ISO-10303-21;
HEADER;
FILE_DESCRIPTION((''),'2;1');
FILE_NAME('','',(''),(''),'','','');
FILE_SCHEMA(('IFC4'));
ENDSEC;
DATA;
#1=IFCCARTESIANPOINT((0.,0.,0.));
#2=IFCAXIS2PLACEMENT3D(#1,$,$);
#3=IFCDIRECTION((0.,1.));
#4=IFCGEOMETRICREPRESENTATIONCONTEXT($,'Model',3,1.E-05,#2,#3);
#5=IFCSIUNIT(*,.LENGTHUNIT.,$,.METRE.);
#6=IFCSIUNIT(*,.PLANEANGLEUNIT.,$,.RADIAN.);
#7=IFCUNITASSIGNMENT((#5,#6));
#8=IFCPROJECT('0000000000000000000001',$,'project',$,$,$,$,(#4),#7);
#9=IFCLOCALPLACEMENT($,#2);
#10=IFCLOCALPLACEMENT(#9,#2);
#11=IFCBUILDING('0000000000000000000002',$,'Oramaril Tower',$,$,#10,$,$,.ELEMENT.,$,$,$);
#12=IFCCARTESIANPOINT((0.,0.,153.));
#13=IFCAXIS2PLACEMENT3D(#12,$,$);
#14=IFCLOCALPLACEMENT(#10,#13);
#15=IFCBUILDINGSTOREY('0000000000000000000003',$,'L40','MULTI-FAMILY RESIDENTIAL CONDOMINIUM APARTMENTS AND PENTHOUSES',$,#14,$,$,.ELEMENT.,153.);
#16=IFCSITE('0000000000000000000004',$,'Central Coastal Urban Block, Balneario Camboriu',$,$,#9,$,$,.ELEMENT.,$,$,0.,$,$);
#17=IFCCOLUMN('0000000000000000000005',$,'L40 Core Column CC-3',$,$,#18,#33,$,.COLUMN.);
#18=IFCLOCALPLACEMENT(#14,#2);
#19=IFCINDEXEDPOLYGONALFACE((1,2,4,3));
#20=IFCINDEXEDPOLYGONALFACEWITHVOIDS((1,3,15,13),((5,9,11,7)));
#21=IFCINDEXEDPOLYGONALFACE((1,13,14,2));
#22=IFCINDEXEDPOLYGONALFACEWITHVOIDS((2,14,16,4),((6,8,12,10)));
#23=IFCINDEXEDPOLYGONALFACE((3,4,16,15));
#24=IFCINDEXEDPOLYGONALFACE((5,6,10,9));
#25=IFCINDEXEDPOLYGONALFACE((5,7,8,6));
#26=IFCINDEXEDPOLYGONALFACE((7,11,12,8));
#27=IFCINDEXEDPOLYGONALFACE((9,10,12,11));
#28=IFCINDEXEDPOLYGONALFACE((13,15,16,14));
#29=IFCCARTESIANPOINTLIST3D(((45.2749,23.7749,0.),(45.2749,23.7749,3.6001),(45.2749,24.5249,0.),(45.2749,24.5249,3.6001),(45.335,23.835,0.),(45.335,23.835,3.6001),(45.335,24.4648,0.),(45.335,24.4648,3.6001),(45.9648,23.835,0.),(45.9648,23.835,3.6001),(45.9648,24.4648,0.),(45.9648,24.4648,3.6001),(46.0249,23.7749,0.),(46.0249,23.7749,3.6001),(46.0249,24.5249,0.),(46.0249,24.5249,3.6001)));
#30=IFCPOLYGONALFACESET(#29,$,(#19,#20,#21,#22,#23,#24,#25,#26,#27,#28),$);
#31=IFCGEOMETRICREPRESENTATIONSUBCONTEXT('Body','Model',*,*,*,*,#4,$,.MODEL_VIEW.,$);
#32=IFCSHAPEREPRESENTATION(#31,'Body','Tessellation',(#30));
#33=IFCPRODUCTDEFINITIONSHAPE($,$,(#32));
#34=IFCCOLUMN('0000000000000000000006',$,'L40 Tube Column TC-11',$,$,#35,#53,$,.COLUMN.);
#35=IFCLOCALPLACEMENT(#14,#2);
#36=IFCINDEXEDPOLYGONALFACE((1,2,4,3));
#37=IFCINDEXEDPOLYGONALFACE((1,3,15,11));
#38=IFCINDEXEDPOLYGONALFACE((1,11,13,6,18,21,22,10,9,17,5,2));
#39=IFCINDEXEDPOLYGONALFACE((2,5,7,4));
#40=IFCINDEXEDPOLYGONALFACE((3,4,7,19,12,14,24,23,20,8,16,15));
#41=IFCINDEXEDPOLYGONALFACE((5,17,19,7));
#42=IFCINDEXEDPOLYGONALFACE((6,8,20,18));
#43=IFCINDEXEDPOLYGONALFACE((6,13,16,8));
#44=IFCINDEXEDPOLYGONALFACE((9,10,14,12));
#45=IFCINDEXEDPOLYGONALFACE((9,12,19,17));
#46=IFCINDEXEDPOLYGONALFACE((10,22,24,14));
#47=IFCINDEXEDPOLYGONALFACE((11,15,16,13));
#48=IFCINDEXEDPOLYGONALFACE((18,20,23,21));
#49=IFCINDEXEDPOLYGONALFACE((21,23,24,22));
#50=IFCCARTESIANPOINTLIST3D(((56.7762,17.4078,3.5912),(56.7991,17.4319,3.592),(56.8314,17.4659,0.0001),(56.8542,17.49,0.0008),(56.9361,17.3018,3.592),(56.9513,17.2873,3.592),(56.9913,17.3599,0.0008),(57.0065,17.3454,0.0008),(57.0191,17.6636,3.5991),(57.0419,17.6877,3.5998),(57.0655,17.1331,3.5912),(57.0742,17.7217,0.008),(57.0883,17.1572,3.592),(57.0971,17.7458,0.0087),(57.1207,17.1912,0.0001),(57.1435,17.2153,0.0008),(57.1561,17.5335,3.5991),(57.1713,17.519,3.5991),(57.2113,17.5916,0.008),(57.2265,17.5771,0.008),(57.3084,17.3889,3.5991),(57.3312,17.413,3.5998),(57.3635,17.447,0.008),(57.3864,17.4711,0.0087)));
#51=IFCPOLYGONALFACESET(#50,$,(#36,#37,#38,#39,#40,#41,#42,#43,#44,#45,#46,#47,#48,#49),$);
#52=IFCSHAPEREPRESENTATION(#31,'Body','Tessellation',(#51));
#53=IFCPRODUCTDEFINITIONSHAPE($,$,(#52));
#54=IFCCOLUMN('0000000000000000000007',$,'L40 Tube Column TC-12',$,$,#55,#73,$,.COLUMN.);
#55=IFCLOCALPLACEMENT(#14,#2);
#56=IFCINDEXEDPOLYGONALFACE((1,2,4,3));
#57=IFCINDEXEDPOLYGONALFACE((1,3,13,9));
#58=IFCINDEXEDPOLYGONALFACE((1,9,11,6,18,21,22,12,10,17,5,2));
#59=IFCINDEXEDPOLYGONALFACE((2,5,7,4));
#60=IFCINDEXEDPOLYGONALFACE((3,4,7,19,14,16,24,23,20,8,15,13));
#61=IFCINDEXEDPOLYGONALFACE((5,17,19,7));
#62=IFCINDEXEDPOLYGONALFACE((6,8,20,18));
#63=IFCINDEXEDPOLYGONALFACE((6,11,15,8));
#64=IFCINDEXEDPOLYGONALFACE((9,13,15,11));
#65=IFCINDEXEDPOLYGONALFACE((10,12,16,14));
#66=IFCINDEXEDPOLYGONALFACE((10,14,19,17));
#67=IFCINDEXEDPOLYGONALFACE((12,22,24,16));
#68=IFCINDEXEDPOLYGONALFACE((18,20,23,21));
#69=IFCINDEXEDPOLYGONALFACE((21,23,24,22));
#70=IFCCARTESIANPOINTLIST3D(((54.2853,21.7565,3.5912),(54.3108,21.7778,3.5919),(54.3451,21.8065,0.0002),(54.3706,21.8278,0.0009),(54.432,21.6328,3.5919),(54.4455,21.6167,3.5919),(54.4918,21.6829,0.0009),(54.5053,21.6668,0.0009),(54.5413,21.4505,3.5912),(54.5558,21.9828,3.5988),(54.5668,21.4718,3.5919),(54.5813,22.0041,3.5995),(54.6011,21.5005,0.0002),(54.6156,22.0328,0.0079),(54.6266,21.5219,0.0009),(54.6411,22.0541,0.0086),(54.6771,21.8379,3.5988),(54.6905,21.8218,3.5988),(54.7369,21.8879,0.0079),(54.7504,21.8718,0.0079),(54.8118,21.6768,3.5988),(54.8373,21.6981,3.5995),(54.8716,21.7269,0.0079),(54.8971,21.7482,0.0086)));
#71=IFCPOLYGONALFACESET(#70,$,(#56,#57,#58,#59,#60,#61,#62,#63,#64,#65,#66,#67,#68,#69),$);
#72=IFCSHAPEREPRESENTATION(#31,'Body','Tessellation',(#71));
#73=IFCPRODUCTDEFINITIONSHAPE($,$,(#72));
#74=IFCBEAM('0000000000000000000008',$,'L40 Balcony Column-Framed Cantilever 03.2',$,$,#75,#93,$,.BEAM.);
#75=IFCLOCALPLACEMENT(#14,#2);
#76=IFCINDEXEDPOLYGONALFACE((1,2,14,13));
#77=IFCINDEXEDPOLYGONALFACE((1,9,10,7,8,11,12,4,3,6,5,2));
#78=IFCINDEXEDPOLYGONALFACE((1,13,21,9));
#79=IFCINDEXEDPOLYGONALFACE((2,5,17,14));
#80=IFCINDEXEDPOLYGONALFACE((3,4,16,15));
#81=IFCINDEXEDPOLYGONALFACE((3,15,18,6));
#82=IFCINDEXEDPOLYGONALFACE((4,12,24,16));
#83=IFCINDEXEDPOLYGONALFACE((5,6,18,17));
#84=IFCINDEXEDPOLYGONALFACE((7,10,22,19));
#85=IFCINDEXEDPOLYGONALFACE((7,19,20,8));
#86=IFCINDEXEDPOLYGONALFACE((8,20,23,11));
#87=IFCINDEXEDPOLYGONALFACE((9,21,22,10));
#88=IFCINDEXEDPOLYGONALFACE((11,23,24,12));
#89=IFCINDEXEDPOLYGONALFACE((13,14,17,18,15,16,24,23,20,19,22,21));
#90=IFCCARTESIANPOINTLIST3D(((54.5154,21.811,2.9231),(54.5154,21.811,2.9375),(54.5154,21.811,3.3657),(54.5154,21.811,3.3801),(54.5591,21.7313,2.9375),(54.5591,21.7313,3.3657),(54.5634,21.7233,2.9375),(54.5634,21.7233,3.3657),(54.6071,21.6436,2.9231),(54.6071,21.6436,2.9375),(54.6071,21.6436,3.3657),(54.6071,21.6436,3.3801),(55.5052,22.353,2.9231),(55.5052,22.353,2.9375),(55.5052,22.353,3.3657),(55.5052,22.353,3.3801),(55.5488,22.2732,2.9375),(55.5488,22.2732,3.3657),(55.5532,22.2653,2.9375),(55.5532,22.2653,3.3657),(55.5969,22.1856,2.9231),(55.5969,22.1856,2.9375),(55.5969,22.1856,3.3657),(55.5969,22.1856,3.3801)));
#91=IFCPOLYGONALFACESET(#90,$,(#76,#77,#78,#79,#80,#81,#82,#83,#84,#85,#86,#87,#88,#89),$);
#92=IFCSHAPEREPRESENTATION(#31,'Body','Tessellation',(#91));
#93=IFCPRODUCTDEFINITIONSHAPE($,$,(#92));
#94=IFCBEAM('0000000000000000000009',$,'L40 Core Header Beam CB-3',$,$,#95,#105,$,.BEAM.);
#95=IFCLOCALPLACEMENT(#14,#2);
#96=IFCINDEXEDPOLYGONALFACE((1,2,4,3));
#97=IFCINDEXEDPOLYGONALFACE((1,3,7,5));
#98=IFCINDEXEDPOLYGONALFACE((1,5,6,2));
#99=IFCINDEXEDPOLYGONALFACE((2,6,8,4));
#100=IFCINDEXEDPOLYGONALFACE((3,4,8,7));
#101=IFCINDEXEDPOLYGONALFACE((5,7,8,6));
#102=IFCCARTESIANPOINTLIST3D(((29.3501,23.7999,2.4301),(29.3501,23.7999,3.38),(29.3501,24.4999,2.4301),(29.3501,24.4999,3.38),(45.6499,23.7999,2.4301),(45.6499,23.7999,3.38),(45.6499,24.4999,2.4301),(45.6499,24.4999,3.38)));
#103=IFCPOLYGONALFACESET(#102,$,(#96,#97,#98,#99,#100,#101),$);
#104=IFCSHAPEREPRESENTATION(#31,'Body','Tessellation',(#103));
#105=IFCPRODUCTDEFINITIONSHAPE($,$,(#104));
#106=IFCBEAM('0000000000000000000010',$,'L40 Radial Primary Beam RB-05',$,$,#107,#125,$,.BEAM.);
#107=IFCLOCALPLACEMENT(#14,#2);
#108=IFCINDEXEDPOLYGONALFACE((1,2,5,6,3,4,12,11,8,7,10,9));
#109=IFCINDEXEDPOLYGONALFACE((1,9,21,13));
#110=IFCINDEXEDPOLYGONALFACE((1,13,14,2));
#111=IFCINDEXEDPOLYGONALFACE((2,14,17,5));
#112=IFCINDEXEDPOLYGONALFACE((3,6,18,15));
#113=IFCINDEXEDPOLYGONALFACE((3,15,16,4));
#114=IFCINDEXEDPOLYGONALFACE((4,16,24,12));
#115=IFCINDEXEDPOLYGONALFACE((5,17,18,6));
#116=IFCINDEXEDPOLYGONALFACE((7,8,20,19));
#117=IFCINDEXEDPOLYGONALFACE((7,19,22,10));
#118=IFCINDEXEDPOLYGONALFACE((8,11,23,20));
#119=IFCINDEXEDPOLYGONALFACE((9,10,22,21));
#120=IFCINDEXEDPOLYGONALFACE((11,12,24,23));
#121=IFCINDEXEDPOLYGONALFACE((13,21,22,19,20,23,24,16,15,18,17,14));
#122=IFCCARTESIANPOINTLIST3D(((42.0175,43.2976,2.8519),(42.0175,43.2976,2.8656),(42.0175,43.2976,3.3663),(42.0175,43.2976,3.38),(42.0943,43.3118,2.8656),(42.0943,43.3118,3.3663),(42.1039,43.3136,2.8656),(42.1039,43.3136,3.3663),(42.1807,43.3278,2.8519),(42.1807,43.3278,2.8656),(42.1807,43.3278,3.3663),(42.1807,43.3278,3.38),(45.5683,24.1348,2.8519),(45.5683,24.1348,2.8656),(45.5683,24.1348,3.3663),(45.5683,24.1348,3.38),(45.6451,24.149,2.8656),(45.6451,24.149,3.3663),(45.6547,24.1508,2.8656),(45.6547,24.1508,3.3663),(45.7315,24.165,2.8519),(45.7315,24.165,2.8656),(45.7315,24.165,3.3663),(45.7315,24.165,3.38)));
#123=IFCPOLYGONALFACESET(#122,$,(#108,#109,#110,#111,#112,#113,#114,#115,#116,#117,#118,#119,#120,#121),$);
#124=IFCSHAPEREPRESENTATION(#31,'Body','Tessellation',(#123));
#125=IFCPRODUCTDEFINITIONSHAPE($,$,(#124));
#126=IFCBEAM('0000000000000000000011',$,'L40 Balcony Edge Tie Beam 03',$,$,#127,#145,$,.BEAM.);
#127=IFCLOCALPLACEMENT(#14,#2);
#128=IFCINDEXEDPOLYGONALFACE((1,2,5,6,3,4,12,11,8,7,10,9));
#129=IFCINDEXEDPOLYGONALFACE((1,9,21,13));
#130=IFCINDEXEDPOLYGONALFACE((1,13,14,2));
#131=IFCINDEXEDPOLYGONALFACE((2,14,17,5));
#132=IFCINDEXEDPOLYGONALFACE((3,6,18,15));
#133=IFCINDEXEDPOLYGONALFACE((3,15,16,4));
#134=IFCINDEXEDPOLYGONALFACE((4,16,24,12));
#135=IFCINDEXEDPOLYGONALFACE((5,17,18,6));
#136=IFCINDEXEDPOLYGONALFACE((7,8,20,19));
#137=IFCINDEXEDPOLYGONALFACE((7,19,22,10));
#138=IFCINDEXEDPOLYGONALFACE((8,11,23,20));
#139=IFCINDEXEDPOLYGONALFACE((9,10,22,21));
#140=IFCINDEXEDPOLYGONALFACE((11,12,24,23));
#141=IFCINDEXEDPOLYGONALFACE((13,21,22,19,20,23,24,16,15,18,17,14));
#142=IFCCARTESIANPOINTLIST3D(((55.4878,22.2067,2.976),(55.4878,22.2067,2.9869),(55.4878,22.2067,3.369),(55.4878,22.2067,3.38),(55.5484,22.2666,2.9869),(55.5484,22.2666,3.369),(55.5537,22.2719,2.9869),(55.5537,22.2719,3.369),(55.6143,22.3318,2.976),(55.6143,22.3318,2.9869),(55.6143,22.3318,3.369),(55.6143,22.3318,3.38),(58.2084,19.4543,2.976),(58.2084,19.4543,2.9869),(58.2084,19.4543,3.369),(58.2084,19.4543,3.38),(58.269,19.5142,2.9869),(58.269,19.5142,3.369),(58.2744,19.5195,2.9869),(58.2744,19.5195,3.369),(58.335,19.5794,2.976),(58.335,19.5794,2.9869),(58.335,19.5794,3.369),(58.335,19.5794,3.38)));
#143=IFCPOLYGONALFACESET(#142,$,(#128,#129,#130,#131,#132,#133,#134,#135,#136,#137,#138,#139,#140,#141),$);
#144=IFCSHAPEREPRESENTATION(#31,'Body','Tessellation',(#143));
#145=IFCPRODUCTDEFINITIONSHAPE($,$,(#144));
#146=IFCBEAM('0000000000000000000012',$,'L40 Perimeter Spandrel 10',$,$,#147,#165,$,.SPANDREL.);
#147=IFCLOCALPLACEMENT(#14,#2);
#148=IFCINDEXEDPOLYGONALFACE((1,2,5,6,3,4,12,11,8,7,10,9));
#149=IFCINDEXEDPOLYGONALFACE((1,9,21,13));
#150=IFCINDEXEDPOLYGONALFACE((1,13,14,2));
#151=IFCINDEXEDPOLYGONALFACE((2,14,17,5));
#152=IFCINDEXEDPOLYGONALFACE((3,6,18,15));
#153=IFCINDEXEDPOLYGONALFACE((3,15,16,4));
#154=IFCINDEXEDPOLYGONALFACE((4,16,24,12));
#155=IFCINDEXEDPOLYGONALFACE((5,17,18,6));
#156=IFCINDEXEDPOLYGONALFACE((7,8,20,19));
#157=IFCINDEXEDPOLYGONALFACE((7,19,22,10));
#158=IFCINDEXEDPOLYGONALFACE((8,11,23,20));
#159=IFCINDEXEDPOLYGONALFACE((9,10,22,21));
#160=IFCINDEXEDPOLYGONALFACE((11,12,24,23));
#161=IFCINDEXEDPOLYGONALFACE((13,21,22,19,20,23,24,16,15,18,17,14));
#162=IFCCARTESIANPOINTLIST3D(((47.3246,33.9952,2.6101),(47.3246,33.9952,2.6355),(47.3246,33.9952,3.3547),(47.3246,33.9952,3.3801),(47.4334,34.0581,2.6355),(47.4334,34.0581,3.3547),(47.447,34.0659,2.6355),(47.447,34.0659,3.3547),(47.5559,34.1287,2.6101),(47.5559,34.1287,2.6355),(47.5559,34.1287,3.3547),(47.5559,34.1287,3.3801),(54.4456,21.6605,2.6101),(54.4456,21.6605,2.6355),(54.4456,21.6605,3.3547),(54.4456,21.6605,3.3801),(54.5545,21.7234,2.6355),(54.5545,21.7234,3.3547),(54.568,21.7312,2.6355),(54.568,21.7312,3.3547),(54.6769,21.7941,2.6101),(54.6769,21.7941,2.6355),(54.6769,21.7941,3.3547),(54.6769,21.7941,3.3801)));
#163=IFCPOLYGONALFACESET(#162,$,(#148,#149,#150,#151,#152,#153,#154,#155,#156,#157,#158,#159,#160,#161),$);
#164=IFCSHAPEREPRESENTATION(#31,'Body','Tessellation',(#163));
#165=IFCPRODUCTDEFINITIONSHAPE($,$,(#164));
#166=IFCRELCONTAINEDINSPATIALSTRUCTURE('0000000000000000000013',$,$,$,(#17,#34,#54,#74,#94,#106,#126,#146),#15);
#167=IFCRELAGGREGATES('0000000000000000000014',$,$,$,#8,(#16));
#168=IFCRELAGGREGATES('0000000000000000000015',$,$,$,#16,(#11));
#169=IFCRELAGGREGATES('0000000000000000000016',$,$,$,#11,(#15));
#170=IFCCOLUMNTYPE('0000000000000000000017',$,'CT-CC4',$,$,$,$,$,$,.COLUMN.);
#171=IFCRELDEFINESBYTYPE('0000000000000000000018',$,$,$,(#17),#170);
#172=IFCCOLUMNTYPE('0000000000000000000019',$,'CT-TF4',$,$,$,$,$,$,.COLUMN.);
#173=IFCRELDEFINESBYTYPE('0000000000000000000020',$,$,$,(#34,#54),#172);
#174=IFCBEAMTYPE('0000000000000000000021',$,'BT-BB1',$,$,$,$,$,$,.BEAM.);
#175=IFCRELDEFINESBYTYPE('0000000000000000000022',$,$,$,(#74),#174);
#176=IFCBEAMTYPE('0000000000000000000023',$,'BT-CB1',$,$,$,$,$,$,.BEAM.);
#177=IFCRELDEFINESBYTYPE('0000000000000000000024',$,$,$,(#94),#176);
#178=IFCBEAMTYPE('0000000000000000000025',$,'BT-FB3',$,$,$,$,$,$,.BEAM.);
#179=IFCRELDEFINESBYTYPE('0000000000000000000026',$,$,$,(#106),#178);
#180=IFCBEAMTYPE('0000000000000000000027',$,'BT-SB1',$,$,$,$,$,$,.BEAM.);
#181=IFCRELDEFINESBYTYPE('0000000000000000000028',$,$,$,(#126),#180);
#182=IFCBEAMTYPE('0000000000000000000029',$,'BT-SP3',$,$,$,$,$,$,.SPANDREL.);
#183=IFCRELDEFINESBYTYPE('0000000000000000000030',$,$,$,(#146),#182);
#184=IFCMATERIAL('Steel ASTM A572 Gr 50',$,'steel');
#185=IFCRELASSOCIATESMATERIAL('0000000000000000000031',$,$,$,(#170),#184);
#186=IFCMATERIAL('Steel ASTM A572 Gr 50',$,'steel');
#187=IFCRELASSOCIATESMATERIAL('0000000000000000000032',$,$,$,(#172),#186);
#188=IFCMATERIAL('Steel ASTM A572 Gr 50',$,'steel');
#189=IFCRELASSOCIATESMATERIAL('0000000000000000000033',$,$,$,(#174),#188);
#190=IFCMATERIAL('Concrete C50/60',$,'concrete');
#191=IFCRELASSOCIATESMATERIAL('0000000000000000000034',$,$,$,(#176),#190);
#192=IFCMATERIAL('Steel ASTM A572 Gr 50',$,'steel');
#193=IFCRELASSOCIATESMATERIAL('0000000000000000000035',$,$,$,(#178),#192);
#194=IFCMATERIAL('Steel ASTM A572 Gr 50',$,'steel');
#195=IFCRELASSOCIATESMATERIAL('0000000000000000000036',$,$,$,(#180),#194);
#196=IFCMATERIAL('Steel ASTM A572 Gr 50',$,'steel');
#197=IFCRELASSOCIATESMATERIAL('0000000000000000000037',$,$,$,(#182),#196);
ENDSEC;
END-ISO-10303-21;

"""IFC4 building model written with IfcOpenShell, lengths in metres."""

from ifc_helpers import new_model, si_unit, direction, frame, origin, origin_2d, place, context, subcontext, project, spatial, rectangle, hollow_rectangle, i_section, extrude, material, material_profile, profile_set, type_object, element, save


model = new_model("IFC4")

# Units and contexts
model_context = context("Model", 3, precision=1e-05, world=origin(), true_north=direction((0.0, 1.0)))
body_context = subcontext(model_context, "Body", "Model", "MODEL_VIEW")
ifc_project = project(units=[si_unit("LENGTHUNIT", "METRE"), si_unit("PLANEANGLEUNIT", "RADIAN")], contexts=[model_context])

# Site, building, storey
site_placement = place(None, origin())
site = spatial("IfcSite", under=ifc_project, at=site_placement, Name="Central Coastal Urban Block, Balneario Camboriu", CompositionType="ELEMENT", RefElevation=0.0)
building_placement = place(site_placement, origin())
building = spatial("IfcBuilding", under=site, at=building_placement, Name="Oramaril Tower", CompositionType="ELEMENT")
storey_placement = place(building_placement, frame((0.0, 0.0, 153.0)))
storey = spatial("IfcBuildingStorey", under=building, at=storey_placement, Name="L40", Description="MULTI-FAMILY RESIDENTIAL CONDOMINIUM APARTMENTS AND PENTHOUSES", CompositionType="ELEMENT", Elevation=153.0)

# Columns
ifc_material_1 = material(Name="Steel ASTM A572 Gr 50", Category="steel")
ifc_material_profile_1 = material_profile(ifc_material_1, hollow_rectangle(XDim=0.75, YDim=0.75, WallThickness=0.0601, at=origin_2d()), Name="BOX750X750X60")
ifc_profile_set_1 = profile_set([ifc_material_profile_1], Name="Steel ASTM A572 Gr 50")
column_type_1 = type_object("IfcColumnType", Name="CT-CC4", PredefinedType="COLUMN", material=ifc_profile_set_1)
column_1_placement = place(storey_placement, frame((45.6499, 24.1499, 0.0), z_axis=(0.0, 0.0, 1.0), x_axis=(1.0, 0.0, 0.0)))
element("IfcColumn", 1, at=column_1_placement, inside=storey, type_object=column_type_1, Name="L40 Core Column CC-3", PredefinedType="COLUMN", context=body_context, shape_type="SweptSolid", body=[
    extrude(hollow_rectangle(XDim=0.75, YDim=0.75, WallThickness=0.0601, at=origin_2d()), origin(), (0.0, 0.0, 1.0), 3.6001),
])
ifc_material_2 = material(Name="Steel ASTM A572 Gr 50", Category="steel")
ifc_material_profile_2 = material_profile(ifc_material_2, i_section(OverallWidth=0.3989, OverallDepth=0.386, WebThickness=0.021, FlangeThickness=0.0332, at=origin_2d()), Name="W14X176")
ifc_profile_set_2 = profile_set([ifc_material_profile_2], Name="Steel ASTM A572 Gr 50")
column_type_2 = type_object("IfcColumnType", Name="CT-TF4", PredefinedType="COLUMN", material=ifc_profile_set_2)
column_2_placement = place(storey_placement, frame((57.1089, 17.4685, 0.0044), z_axis=(-0.015361, -0.016177, 0.999751), x_axis=(0.725152, -0.688589, 0.0)))
element("IfcColumn", 2, at=column_2_placement, inside=storey, type_object=column_type_2, Name="L40 Tube Column TC-11", PredefinedType="COLUMN", context=body_context, shape_type="SweptSolid", body=[
    extrude(i_section(OverallWidth=0.3989, OverallDepth=0.386, WebThickness=0.021, FlangeThickness=0.0332, at=origin_2d()), origin(), (0.0, 0.0, 1.0), 3.592),
])
column_3_placement = place(storey_placement, frame((54.6211, 21.7773, 0.0044), z_axis=(-0.016653, -0.013934, 0.999764), x_axis=(0.641723, -0.766937, 0.0)))
element("IfcColumn", 3, at=column_3_placement, inside=storey, type_object=column_type_2, Name="L40 Tube Column TC-12", PredefinedType="COLUMN", context=body_context, shape_type="SweptSolid", body=[
    extrude(i_section(OverallWidth=0.3989, OverallDepth=0.386, WebThickness=0.021, FlangeThickness=0.0332, at=origin_2d()), origin(), (0.0, 0.0, 1.0), 3.5918),
])

# Beams
ifc_material_3 = material(Name="Steel ASTM A572 Gr 50", Category="steel")
ifc_material_profile_3 = material_profile(ifc_material_3, i_section(OverallWidth=0.1909, OverallDepth=0.457, WebThickness=0.009, FlangeThickness=0.0144, at=origin_2d()), Name="W18X50")
ifc_profile_set_3 = profile_set([ifc_material_profile_3], Name="Steel ASTM A572 Gr 50")
beam_type_1 = type_object("IfcBeamType", Name="BT-BB1", PredefinedType="BEAM", material=ifc_profile_set_3)
beam_1_placement = place(storey_placement, frame((54.5613, 21.7273, 3.1516), z_axis=(0.877101, 0.480307, 0.0), x_axis=(-0.480307, 0.877101, 0.0)))
element("IfcBeam", 4, at=beam_1_placement, inside=storey, type_object=beam_type_1, Name="L40 Balcony Column-Framed Cantilever 03.2", PredefinedType="BEAM", context=body_context, shape_type="SweptSolid", body=[
    extrude(i_section(OverallWidth=0.1909, OverallDepth=0.457, WebThickness=0.009, FlangeThickness=0.0144, at=origin_2d()), origin(), (0.0, 0.0, 1.0), 1.1284),
])
ifc_material_4 = material(Name="Concrete C50/60", Category="concrete")
ifc_material_profile_4 = material_profile(ifc_material_4, rectangle(XDim=0.7, YDim=0.95, at=origin_2d()), Name="CB700X950")
ifc_profile_set_4 = profile_set([ifc_material_profile_4], Name="Concrete C50/60")
beam_type_2 = type_object("IfcBeamType", Name="BT-CB1", PredefinedType="BEAM", material=ifc_profile_set_4)
beam_2_placement = place(storey_placement, frame((45.6499, 24.1499, 2.905), z_axis=(-1.0, 0.0, 0.0), x_axis=(0.0, -1.0, 0.0)))
element("IfcBeam", 5, at=beam_2_placement, inside=storey, type_object=beam_type_2, Name="L40 Core Header Beam CB-3", PredefinedType="BEAM", context=body_context, shape_type="SweptSolid", body=[
    extrude(rectangle(XDim=0.7, YDim=0.95, at=origin_2d()), origin(), (0.0, 0.0, 1.0), 16.2998),
])
ifc_material_5 = material(Name="Steel ASTM A572 Gr 50", Category="steel")
ifc_material_profile_5 = material_profile(ifc_material_5, i_section(OverallWidth=0.166, OverallDepth=0.5281, WebThickness=0.0098, FlangeThickness=0.0137, at=origin_2d()), Name="W21X50")
ifc_profile_set_5 = profile_set([ifc_material_profile_5], Name="Steel ASTM A572 Gr 50")
beam_type_3 = type_object("IfcBeamType", Name="BT-FB3", PredefinedType="BEAM", material=ifc_profile_set_5)
beam_3_placement = place(storey_placement, frame((45.6499, 24.1499, 3.116), z_axis=(-0.182194, 0.983263, 0.0), x_axis=(-0.983263, -0.182194, 0.0)))
element("IfcBeam", 6, at=beam_3_placement, inside=storey, type_object=beam_type_3, Name="L40 Radial Primary Beam RB-05", PredefinedType="BEAM", context=body_context, shape_type="SweptSolid", body=[
    extrude(i_section(OverallWidth=0.166, OverallDepth=0.5281, WebThickness=0.0098, FlangeThickness=0.0137, at=origin_2d()), origin(), (0.0, 0.0, 1.0), 19.489),
])
ifc_material_6 = material(Name="Steel ASTM A572 Gr 50", Category="steel")
ifc_material_profile_6 = material_profile(ifc_material_6, i_section(OverallWidth=0.178, OverallDepth=0.4041, WebThickness=0.0076, FlangeThickness=0.011, at=origin_2d()), Name="W16X36")
ifc_profile_set_6 = profile_set([ifc_material_profile_6], Name="Steel ASTM A572 Gr 50")
beam_type_4 = type_object("IfcBeamType", Name="BT-SB1", PredefinedType="BEAM", material=ifc_profile_set_6)
beam_4_placement = place(storey_placement, frame((58.2717, 19.5168, 3.178), z_axis=(-0.702995, 0.711195, 0.0), x_axis=(-0.711195, -0.702995, 0.0)))
element("IfcBeam", 7, at=beam_4_placement, inside=storey, type_object=beam_type_4, Name="L40 Balcony Edge Tie Beam 03", PredefinedType="BEAM", context=body_context, shape_type="SweptSolid", body=[
    extrude(i_section(OverallWidth=0.178, OverallDepth=0.4041, WebThickness=0.0076, FlangeThickness=0.011, at=origin_2d()), origin(), (0.0, 0.0, 1.0), 3.8701),
])
ifc_material_7 = material(Name="Steel ASTM A572 Gr 50", Category="steel")
ifc_material_profile_7 = material_profile(ifc_material_7, i_section(OverallWidth=0.2671, OverallDepth=0.77, WebThickness=0.0156, FlangeThickness=0.0254, at=origin_2d()), Name="W30X132")
ifc_profile_set_7 = profile_set([ifc_material_profile_7], Name="Steel ASTM A572 Gr 50")
beam_type_5 = type_object("IfcBeamType", Name="BT-SP3", PredefinedType="SPANDREL", material=ifc_profile_set_7)
beam_5_placement = place(storey_placement, frame((54.5613, 21.7273, 2.9951), z_axis=(-0.499981, 0.866036, 0.0), x_axis=(-0.866036, -0.499981, 0.0)))
element("IfcBeam", 8, at=beam_5_placement, inside=storey, type_object=beam_type_5, Name="L40 Perimeter Spandrel 10", PredefinedType="SPANDREL", context=body_context, shape_type="SweptSolid", body=[
    extrude(i_section(OverallWidth=0.2671, OverallDepth=0.77, WebThickness=0.0156, FlangeThickness=0.0254, at=origin_2d()), origin(), (0.0, 0.0, 1.0), 14.2427),
])

save(model, "model.ifc")
